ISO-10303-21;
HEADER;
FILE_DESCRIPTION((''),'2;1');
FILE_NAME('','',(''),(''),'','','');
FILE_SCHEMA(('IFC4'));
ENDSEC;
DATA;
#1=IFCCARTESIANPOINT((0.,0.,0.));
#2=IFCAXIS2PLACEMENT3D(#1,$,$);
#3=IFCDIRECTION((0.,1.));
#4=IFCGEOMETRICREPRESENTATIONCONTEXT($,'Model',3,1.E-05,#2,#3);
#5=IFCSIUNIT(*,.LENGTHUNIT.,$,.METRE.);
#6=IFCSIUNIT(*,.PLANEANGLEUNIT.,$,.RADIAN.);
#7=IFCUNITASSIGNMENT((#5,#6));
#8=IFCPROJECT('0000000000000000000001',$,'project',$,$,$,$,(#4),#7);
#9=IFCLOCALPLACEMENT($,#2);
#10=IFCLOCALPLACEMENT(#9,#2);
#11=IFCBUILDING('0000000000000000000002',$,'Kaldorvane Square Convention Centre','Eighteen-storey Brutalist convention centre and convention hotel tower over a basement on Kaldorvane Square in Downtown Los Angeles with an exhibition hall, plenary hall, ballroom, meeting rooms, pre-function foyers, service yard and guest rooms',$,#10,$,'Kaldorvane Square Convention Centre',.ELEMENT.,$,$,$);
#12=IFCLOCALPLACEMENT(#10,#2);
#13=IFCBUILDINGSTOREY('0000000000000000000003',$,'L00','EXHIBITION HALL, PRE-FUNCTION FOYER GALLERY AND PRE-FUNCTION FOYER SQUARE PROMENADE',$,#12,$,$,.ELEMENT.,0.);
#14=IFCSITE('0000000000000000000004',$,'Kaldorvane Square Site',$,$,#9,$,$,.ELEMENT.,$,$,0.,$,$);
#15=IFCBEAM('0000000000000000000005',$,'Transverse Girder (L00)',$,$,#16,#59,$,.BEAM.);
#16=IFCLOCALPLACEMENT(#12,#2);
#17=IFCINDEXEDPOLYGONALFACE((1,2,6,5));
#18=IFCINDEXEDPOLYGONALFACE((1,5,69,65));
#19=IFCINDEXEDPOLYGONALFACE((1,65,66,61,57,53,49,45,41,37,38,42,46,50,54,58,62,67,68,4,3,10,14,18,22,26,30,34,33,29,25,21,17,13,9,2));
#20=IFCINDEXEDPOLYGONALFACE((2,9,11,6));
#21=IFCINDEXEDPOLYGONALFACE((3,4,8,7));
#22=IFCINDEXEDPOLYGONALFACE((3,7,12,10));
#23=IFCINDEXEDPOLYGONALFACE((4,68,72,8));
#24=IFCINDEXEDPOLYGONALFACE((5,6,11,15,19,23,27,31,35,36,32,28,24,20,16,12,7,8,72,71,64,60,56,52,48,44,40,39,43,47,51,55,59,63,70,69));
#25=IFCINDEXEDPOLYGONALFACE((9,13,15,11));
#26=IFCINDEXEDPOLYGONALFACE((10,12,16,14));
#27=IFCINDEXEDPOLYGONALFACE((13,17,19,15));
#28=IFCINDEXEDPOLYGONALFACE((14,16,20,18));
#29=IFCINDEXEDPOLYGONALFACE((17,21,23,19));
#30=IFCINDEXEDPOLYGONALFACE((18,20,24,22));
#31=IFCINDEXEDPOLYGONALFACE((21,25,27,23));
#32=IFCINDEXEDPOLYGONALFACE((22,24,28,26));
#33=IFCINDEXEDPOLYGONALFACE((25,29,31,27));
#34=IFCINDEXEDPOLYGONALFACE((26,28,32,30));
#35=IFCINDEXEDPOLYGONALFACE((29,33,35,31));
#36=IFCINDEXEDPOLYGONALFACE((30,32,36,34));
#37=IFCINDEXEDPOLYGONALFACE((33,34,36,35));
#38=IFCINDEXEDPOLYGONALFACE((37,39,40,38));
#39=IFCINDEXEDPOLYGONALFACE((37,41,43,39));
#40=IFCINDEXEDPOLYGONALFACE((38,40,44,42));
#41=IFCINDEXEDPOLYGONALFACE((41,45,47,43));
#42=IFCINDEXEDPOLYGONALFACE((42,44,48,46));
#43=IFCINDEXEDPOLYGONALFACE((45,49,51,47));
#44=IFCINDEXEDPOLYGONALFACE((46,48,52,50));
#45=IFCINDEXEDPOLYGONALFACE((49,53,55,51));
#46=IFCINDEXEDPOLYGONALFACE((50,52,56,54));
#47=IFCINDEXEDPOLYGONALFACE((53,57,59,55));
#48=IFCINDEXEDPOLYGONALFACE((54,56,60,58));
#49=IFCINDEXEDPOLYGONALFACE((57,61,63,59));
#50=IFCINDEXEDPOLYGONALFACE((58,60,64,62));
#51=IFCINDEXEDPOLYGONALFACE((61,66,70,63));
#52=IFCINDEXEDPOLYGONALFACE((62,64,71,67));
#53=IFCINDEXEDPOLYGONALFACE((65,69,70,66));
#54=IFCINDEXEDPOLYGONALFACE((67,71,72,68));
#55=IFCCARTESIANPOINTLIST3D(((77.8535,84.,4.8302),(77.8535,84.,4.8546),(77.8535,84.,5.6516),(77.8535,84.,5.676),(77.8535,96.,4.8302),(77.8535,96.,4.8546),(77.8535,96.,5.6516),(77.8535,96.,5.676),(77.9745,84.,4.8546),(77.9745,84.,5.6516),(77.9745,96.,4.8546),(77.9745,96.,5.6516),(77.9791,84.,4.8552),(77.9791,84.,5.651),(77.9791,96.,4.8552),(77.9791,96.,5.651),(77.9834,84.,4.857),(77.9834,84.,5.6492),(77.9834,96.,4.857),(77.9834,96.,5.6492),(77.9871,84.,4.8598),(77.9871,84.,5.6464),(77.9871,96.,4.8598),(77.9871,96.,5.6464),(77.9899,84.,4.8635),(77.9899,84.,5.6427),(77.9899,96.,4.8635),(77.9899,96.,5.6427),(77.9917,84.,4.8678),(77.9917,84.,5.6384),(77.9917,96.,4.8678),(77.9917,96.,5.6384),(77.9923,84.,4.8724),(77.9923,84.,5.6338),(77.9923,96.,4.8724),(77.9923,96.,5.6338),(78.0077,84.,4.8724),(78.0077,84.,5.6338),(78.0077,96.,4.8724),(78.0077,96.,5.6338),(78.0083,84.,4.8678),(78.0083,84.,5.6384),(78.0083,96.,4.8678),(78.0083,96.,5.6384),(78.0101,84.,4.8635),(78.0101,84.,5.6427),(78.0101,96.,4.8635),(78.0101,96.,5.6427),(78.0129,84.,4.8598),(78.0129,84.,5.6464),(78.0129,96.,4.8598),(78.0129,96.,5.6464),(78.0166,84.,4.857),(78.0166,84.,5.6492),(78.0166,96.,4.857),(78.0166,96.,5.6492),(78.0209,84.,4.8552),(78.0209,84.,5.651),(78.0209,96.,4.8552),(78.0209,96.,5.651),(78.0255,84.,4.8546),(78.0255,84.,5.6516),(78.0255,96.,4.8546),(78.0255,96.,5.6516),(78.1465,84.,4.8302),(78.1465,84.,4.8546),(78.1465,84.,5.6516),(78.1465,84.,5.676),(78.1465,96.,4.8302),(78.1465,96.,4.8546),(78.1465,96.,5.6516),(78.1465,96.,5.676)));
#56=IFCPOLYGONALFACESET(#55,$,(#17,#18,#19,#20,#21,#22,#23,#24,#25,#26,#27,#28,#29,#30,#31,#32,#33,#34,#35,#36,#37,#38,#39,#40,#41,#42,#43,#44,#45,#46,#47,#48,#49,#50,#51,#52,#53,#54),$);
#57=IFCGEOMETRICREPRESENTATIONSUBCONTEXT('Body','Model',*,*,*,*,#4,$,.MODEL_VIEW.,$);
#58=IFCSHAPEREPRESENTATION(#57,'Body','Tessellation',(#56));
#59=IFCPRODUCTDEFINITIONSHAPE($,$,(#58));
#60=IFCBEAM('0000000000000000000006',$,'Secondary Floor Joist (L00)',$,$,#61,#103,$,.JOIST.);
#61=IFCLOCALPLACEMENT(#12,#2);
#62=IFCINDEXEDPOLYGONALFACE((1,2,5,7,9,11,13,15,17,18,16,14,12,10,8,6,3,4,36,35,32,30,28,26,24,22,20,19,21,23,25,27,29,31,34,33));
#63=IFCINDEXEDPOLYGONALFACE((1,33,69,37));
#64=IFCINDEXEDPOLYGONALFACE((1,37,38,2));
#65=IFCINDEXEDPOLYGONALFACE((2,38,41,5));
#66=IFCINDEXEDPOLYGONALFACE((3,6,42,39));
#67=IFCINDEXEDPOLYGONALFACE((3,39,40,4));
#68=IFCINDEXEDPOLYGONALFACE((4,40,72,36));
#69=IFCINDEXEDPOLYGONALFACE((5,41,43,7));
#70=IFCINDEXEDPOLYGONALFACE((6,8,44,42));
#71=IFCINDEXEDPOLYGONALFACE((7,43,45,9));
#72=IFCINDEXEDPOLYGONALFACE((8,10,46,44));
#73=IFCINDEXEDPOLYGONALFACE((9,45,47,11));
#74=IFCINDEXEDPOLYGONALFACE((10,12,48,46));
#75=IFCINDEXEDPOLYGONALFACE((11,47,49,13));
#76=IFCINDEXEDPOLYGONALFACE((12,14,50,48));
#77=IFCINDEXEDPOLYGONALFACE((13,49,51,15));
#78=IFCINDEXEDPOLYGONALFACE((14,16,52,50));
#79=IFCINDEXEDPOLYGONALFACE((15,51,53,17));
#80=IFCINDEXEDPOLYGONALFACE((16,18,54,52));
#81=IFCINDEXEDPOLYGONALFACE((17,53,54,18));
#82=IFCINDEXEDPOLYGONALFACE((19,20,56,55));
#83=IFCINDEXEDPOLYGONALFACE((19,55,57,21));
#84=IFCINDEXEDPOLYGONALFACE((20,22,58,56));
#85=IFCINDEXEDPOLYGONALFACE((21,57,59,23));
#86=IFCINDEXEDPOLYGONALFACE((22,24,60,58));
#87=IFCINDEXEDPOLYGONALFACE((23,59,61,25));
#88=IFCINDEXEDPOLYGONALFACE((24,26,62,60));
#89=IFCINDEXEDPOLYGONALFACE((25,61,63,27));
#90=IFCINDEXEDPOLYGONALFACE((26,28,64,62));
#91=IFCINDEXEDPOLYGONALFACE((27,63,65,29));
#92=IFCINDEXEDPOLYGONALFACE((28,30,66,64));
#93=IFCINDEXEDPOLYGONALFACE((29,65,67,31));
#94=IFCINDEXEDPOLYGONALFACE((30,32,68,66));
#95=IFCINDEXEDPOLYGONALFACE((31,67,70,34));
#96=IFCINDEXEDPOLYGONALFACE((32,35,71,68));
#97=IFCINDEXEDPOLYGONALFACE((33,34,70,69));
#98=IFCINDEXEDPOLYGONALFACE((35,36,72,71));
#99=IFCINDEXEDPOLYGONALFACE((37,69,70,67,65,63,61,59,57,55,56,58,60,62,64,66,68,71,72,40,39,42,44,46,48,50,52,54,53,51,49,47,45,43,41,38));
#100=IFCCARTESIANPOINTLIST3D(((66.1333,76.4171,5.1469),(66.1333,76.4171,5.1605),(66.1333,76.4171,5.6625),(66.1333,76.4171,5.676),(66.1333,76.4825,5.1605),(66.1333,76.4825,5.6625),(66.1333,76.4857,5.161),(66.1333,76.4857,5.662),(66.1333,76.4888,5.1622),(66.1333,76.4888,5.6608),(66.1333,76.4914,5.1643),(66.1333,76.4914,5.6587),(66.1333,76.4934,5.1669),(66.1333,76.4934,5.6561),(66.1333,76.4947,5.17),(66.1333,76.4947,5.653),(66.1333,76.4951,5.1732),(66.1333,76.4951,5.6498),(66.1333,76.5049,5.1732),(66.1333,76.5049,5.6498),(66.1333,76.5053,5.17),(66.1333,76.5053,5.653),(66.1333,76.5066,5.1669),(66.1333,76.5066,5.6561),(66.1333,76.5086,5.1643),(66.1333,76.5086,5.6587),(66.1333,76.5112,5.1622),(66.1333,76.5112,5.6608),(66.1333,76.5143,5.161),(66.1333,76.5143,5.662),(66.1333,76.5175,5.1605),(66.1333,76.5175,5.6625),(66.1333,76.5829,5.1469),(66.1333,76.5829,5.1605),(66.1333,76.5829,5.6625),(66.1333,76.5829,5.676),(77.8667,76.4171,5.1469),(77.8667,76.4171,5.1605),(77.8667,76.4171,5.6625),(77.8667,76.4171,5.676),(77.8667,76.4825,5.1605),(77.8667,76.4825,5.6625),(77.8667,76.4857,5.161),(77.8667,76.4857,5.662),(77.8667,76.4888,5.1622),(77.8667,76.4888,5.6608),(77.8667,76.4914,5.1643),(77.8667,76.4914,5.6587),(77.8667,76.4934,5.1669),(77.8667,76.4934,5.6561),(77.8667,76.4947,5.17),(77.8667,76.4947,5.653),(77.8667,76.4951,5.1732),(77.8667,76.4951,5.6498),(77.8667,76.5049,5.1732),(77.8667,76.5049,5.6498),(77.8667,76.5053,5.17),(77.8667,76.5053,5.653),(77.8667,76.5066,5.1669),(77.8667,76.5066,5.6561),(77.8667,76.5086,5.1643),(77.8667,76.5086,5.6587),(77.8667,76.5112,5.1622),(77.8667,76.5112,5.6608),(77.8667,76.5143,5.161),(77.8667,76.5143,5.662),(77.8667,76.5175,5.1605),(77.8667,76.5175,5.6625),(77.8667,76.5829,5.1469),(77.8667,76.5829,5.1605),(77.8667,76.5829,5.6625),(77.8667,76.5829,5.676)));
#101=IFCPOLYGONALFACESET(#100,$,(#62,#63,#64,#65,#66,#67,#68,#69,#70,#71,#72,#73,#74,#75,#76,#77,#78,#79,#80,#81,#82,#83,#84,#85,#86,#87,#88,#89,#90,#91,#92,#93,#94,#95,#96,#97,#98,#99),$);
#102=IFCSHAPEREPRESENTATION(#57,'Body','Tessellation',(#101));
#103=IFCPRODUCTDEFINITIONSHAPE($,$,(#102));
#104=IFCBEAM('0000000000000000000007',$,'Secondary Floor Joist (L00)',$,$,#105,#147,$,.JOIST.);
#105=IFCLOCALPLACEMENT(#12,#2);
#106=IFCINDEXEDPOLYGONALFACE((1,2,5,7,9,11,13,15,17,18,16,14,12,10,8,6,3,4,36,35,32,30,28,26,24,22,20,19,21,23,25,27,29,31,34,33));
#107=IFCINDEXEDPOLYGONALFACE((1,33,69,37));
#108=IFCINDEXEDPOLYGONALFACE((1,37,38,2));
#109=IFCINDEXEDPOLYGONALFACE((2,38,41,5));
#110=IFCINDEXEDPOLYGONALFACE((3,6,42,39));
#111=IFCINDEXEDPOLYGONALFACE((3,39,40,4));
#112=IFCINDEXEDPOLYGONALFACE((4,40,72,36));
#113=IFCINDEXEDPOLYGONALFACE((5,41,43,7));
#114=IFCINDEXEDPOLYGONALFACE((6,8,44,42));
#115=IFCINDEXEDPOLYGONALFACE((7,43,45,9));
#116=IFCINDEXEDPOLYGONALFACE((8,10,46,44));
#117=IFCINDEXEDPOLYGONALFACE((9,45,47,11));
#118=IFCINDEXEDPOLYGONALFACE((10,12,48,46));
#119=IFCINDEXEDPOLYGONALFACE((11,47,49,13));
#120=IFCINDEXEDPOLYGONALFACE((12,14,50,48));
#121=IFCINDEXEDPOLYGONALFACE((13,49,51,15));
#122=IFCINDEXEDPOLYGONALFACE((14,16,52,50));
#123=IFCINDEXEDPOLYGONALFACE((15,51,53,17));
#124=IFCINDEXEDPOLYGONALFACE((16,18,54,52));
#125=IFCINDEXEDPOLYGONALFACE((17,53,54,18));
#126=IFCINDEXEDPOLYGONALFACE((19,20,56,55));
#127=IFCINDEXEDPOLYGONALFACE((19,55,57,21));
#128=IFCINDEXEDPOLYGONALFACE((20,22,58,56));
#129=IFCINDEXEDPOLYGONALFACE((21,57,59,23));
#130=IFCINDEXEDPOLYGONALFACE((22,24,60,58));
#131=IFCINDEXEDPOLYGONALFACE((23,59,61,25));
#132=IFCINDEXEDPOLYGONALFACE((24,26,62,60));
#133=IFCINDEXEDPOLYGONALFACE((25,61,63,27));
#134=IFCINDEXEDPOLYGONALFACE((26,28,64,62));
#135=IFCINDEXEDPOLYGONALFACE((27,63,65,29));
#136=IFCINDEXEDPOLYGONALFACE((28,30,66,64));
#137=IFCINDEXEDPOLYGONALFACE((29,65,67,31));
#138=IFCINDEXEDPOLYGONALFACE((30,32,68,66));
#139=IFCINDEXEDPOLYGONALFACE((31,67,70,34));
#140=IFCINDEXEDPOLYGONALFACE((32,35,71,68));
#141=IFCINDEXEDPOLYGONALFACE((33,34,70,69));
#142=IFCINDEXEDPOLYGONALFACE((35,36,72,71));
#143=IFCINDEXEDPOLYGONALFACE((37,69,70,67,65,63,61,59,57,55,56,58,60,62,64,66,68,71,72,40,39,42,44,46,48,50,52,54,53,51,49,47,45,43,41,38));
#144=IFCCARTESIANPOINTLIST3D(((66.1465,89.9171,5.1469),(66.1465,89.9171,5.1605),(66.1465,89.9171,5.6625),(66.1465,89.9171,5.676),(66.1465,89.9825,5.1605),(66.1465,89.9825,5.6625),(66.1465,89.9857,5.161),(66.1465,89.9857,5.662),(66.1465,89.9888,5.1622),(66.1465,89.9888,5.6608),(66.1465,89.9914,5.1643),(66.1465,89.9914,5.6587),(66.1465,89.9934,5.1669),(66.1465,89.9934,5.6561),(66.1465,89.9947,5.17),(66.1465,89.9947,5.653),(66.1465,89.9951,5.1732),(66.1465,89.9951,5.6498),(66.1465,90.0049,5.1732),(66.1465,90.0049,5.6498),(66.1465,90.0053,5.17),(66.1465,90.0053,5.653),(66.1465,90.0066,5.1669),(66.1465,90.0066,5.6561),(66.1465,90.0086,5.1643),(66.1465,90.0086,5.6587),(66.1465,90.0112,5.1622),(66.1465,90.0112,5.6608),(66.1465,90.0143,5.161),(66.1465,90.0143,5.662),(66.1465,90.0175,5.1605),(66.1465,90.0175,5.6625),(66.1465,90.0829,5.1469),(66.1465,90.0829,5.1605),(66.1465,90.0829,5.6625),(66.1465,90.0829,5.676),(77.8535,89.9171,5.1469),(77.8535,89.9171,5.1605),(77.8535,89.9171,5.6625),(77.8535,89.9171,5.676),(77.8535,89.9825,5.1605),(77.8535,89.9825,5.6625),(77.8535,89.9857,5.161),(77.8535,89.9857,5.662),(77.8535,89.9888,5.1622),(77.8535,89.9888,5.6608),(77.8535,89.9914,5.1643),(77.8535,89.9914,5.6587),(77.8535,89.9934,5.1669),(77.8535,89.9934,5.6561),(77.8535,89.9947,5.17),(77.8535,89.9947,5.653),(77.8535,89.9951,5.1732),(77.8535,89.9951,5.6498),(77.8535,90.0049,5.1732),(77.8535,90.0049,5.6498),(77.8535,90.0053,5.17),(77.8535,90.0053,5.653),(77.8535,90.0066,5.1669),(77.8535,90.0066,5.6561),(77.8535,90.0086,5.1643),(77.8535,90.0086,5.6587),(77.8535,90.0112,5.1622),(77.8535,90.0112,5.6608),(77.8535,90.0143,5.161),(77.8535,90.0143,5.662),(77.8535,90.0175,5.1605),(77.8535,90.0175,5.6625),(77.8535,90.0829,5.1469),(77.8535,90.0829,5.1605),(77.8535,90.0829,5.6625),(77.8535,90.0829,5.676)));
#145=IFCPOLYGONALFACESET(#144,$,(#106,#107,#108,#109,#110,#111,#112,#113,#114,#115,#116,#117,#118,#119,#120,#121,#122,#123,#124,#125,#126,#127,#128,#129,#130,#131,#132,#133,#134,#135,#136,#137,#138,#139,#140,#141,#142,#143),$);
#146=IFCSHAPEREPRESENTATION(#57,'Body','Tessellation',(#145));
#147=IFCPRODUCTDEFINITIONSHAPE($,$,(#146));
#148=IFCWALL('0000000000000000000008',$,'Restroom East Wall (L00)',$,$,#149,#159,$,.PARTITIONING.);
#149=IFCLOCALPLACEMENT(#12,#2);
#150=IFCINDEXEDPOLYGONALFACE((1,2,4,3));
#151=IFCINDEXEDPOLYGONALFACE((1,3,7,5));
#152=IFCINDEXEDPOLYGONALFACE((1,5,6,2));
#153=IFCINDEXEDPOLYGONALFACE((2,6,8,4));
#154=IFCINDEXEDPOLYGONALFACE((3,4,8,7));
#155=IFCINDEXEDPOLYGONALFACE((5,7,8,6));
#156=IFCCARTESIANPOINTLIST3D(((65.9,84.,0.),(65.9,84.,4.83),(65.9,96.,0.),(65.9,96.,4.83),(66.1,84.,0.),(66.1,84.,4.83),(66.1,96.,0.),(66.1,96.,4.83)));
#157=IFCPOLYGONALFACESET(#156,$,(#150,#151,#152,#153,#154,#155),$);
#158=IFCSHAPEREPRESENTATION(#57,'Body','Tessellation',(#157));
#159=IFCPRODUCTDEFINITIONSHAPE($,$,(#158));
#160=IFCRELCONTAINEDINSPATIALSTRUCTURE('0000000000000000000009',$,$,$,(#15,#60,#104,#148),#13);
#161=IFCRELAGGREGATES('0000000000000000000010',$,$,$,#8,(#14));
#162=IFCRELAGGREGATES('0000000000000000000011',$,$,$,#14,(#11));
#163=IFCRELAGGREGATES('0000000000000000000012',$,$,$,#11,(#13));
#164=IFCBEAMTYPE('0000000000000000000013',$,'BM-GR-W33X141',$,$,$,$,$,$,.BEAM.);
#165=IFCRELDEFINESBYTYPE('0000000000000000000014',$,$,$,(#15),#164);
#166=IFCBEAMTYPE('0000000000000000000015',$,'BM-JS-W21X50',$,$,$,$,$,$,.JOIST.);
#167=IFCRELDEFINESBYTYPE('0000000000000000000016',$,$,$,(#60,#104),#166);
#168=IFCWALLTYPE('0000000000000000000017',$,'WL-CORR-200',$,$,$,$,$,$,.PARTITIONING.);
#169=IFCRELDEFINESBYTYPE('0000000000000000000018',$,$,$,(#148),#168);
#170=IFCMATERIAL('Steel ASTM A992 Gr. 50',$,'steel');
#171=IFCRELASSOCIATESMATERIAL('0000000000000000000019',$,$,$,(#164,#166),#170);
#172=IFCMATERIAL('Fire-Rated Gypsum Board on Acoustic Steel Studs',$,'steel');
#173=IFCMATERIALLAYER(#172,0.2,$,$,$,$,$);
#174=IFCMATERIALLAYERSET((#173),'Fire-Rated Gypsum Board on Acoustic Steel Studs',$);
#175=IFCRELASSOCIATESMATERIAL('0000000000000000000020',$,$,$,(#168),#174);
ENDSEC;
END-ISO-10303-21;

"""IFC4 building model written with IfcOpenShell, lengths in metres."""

from ifc_helpers import new_model, si_unit, direction, frame, frame_2d, origin, origin_2d, place, context, subcontext, project, spatial, rectangle, i_section, extrude, material, layer, layer_set, material_profile, profile_set, type_object, element, save


model = new_model("IFC4")

# Units and contexts
model_context = context("Model", 3, precision=1e-05, world=origin(), true_north=direction((0.0, 1.0)))
body_context = subcontext(model_context, "Body", "Model", "MODEL_VIEW")
ifc_project = project(units=[si_unit("LENGTHUNIT", "METRE"), si_unit("PLANEANGLEUNIT", "RADIAN")], contexts=[model_context])

# Site, building, storey
site_placement = place(None, origin())
site = spatial("IfcSite", under=ifc_project, at=site_placement, Name="Kaldorvane Square Site", CompositionType="ELEMENT", RefElevation=0.0)
building_placement = place(site_placement, origin())
building = spatial("IfcBuilding", under=site, at=building_placement, Name="Kaldorvane Square Convention Centre", Description="Eighteen-storey Brutalist convention centre and convention hotel tower over a basement on Kaldorvane Square in Downtown Los Angeles with an exhibition hall, plenary hall, ballroom, meeting rooms, pre-function foyers, service yard and guest rooms", LongName="Kaldorvane Square Convention Centre", CompositionType="ELEMENT")
storey_placement = place(building_placement, origin())
storey = spatial("IfcBuildingStorey", under=building, at=storey_placement, Name="L00", Description="EXHIBITION HALL, PRE-FUNCTION FOYER GALLERY AND PRE-FUNCTION FOYER SQUARE PROMENADE", CompositionType="ELEMENT", Elevation=0.0)

# Shared definitions
ifc_material_1 = material(Name="Steel ASTM A992 Gr. 50", Category="steel")

# Beams
ifc_material_profile_1 = material_profile(ifc_material_1, i_section(OverallWidth=0.293, OverallDepth=0.8458, WebThickness=0.0154, FlangeThickness=0.0244, FilletRadius=0.0178, at=origin_2d()), Name="W33X141")
ifc_profile_set_1 = profile_set([ifc_material_profile_1], Name="Steel ASTM A992 Gr. 50")
beam_type_1 = type_object("IfcBeamType", Name="BM-GR-W33X141", PredefinedType="BEAM", material=ifc_profile_set_1)
for number, where, z_axis, x_axis, name in (
    (1, (78.0, 84.0, 5.2531), (0.0, 1.0, 0.0), (-1.0, 0.0, 0.0), "Transverse Girder (L00)"),
):
    element("IfcBeam", number, at=place(storey_placement, frame(where, z_axis=z_axis, x_axis=x_axis)), inside=storey, type_object=beam_type_1, Name=name, PredefinedType="BEAM", context=body_context, shape_type="SweptSolid", body=[
        extrude(i_section(OverallWidth=0.293, OverallDepth=0.8458, WebThickness=0.0154, FlangeThickness=0.0244, FilletRadius=0.0178, at=origin_2d()), origin(), (0.0, 0.0, 1.0), 12.0),
    ])
ifc_material_profile_2 = material_profile(ifc_material_1, i_section(OverallWidth=0.1659, OverallDepth=0.5291, WebThickness=0.0097, FlangeThickness=0.0136, FilletRadius=0.0127, at=origin_2d()), Name="W21X50")
ifc_profile_set_2 = profile_set([ifc_material_profile_2], Name="Steel ASTM A992 Gr. 50")
beam_type_2 = type_object("IfcBeamType", Name="BM-JS-W21X50", PredefinedType="JOIST", material=ifc_profile_set_2)
beam_1_placement = place(storey_placement, frame((66.1333, 76.5, 5.4115), z_axis=(1.0, 0.0, 0.0), x_axis=(0.0, 1.0, 0.0)))
element("IfcBeam", 2, at=beam_1_placement, inside=storey, type_object=beam_type_2, Name="Secondary Floor Joist (L00)", PredefinedType="JOIST", context=body_context, shape_type="SweptSolid", body=[
    extrude(i_section(OverallWidth=0.1659, OverallDepth=0.5291, WebThickness=0.0097, FlangeThickness=0.0136, FilletRadius=0.0127, at=origin_2d()), origin(), (0.0, 0.0, 1.0), 11.7334),
])
beam_2_placement = place(storey_placement, frame((66.1465, 90.0, 5.4115), z_axis=(1.0, 0.0, 0.0), x_axis=(0.0, 1.0, 0.0)))
element("IfcBeam", 3, at=beam_2_placement, inside=storey, type_object=beam_type_2, Name="Secondary Floor Joist (L00)", PredefinedType="JOIST", context=body_context, shape_type="SweptSolid", body=[
    extrude(i_section(OverallWidth=0.1659, OverallDepth=0.5291, WebThickness=0.0097, FlangeThickness=0.0136, FilletRadius=0.0127, at=origin_2d()), origin(), (0.0, 0.0, 1.0), 11.707),
])

# Wall
ifc_material_2 = material(Name="Fire-Rated Gypsum Board on Acoustic Steel Studs", Category="steel")
ifc_layer_1 = layer(ifc_material_2, 0.2)
ifc_layer_set_1 = layer_set([ifc_layer_1], Name="Fire-Rated Gypsum Board on Acoustic Steel Studs")
wall_type_1 = type_object("IfcWallType", Name="WL-CORR-200", PredefinedType="PARTITIONING", material=ifc_layer_set_1)
wall_1_placement = place(storey_placement, frame((66.0, 84.0, 0.0), z_axis=(0.0, 0.0, 1.0), x_axis=(0.0, 1.0, 0.0)))
element("IfcWall", 4, at=wall_1_placement, inside=storey, type_object=wall_type_1, Name="Restroom East Wall (L00)", PredefinedType="PARTITIONING", context=body_context, shape_type="SweptSolid", body=[
    extrude(rectangle(XDim=12.0, YDim=0.2, at=frame_2d((6.0, 0.0))), origin(), (0.0, 0.0, 1.0), 4.83),
])

save(model, "model.ifc")
